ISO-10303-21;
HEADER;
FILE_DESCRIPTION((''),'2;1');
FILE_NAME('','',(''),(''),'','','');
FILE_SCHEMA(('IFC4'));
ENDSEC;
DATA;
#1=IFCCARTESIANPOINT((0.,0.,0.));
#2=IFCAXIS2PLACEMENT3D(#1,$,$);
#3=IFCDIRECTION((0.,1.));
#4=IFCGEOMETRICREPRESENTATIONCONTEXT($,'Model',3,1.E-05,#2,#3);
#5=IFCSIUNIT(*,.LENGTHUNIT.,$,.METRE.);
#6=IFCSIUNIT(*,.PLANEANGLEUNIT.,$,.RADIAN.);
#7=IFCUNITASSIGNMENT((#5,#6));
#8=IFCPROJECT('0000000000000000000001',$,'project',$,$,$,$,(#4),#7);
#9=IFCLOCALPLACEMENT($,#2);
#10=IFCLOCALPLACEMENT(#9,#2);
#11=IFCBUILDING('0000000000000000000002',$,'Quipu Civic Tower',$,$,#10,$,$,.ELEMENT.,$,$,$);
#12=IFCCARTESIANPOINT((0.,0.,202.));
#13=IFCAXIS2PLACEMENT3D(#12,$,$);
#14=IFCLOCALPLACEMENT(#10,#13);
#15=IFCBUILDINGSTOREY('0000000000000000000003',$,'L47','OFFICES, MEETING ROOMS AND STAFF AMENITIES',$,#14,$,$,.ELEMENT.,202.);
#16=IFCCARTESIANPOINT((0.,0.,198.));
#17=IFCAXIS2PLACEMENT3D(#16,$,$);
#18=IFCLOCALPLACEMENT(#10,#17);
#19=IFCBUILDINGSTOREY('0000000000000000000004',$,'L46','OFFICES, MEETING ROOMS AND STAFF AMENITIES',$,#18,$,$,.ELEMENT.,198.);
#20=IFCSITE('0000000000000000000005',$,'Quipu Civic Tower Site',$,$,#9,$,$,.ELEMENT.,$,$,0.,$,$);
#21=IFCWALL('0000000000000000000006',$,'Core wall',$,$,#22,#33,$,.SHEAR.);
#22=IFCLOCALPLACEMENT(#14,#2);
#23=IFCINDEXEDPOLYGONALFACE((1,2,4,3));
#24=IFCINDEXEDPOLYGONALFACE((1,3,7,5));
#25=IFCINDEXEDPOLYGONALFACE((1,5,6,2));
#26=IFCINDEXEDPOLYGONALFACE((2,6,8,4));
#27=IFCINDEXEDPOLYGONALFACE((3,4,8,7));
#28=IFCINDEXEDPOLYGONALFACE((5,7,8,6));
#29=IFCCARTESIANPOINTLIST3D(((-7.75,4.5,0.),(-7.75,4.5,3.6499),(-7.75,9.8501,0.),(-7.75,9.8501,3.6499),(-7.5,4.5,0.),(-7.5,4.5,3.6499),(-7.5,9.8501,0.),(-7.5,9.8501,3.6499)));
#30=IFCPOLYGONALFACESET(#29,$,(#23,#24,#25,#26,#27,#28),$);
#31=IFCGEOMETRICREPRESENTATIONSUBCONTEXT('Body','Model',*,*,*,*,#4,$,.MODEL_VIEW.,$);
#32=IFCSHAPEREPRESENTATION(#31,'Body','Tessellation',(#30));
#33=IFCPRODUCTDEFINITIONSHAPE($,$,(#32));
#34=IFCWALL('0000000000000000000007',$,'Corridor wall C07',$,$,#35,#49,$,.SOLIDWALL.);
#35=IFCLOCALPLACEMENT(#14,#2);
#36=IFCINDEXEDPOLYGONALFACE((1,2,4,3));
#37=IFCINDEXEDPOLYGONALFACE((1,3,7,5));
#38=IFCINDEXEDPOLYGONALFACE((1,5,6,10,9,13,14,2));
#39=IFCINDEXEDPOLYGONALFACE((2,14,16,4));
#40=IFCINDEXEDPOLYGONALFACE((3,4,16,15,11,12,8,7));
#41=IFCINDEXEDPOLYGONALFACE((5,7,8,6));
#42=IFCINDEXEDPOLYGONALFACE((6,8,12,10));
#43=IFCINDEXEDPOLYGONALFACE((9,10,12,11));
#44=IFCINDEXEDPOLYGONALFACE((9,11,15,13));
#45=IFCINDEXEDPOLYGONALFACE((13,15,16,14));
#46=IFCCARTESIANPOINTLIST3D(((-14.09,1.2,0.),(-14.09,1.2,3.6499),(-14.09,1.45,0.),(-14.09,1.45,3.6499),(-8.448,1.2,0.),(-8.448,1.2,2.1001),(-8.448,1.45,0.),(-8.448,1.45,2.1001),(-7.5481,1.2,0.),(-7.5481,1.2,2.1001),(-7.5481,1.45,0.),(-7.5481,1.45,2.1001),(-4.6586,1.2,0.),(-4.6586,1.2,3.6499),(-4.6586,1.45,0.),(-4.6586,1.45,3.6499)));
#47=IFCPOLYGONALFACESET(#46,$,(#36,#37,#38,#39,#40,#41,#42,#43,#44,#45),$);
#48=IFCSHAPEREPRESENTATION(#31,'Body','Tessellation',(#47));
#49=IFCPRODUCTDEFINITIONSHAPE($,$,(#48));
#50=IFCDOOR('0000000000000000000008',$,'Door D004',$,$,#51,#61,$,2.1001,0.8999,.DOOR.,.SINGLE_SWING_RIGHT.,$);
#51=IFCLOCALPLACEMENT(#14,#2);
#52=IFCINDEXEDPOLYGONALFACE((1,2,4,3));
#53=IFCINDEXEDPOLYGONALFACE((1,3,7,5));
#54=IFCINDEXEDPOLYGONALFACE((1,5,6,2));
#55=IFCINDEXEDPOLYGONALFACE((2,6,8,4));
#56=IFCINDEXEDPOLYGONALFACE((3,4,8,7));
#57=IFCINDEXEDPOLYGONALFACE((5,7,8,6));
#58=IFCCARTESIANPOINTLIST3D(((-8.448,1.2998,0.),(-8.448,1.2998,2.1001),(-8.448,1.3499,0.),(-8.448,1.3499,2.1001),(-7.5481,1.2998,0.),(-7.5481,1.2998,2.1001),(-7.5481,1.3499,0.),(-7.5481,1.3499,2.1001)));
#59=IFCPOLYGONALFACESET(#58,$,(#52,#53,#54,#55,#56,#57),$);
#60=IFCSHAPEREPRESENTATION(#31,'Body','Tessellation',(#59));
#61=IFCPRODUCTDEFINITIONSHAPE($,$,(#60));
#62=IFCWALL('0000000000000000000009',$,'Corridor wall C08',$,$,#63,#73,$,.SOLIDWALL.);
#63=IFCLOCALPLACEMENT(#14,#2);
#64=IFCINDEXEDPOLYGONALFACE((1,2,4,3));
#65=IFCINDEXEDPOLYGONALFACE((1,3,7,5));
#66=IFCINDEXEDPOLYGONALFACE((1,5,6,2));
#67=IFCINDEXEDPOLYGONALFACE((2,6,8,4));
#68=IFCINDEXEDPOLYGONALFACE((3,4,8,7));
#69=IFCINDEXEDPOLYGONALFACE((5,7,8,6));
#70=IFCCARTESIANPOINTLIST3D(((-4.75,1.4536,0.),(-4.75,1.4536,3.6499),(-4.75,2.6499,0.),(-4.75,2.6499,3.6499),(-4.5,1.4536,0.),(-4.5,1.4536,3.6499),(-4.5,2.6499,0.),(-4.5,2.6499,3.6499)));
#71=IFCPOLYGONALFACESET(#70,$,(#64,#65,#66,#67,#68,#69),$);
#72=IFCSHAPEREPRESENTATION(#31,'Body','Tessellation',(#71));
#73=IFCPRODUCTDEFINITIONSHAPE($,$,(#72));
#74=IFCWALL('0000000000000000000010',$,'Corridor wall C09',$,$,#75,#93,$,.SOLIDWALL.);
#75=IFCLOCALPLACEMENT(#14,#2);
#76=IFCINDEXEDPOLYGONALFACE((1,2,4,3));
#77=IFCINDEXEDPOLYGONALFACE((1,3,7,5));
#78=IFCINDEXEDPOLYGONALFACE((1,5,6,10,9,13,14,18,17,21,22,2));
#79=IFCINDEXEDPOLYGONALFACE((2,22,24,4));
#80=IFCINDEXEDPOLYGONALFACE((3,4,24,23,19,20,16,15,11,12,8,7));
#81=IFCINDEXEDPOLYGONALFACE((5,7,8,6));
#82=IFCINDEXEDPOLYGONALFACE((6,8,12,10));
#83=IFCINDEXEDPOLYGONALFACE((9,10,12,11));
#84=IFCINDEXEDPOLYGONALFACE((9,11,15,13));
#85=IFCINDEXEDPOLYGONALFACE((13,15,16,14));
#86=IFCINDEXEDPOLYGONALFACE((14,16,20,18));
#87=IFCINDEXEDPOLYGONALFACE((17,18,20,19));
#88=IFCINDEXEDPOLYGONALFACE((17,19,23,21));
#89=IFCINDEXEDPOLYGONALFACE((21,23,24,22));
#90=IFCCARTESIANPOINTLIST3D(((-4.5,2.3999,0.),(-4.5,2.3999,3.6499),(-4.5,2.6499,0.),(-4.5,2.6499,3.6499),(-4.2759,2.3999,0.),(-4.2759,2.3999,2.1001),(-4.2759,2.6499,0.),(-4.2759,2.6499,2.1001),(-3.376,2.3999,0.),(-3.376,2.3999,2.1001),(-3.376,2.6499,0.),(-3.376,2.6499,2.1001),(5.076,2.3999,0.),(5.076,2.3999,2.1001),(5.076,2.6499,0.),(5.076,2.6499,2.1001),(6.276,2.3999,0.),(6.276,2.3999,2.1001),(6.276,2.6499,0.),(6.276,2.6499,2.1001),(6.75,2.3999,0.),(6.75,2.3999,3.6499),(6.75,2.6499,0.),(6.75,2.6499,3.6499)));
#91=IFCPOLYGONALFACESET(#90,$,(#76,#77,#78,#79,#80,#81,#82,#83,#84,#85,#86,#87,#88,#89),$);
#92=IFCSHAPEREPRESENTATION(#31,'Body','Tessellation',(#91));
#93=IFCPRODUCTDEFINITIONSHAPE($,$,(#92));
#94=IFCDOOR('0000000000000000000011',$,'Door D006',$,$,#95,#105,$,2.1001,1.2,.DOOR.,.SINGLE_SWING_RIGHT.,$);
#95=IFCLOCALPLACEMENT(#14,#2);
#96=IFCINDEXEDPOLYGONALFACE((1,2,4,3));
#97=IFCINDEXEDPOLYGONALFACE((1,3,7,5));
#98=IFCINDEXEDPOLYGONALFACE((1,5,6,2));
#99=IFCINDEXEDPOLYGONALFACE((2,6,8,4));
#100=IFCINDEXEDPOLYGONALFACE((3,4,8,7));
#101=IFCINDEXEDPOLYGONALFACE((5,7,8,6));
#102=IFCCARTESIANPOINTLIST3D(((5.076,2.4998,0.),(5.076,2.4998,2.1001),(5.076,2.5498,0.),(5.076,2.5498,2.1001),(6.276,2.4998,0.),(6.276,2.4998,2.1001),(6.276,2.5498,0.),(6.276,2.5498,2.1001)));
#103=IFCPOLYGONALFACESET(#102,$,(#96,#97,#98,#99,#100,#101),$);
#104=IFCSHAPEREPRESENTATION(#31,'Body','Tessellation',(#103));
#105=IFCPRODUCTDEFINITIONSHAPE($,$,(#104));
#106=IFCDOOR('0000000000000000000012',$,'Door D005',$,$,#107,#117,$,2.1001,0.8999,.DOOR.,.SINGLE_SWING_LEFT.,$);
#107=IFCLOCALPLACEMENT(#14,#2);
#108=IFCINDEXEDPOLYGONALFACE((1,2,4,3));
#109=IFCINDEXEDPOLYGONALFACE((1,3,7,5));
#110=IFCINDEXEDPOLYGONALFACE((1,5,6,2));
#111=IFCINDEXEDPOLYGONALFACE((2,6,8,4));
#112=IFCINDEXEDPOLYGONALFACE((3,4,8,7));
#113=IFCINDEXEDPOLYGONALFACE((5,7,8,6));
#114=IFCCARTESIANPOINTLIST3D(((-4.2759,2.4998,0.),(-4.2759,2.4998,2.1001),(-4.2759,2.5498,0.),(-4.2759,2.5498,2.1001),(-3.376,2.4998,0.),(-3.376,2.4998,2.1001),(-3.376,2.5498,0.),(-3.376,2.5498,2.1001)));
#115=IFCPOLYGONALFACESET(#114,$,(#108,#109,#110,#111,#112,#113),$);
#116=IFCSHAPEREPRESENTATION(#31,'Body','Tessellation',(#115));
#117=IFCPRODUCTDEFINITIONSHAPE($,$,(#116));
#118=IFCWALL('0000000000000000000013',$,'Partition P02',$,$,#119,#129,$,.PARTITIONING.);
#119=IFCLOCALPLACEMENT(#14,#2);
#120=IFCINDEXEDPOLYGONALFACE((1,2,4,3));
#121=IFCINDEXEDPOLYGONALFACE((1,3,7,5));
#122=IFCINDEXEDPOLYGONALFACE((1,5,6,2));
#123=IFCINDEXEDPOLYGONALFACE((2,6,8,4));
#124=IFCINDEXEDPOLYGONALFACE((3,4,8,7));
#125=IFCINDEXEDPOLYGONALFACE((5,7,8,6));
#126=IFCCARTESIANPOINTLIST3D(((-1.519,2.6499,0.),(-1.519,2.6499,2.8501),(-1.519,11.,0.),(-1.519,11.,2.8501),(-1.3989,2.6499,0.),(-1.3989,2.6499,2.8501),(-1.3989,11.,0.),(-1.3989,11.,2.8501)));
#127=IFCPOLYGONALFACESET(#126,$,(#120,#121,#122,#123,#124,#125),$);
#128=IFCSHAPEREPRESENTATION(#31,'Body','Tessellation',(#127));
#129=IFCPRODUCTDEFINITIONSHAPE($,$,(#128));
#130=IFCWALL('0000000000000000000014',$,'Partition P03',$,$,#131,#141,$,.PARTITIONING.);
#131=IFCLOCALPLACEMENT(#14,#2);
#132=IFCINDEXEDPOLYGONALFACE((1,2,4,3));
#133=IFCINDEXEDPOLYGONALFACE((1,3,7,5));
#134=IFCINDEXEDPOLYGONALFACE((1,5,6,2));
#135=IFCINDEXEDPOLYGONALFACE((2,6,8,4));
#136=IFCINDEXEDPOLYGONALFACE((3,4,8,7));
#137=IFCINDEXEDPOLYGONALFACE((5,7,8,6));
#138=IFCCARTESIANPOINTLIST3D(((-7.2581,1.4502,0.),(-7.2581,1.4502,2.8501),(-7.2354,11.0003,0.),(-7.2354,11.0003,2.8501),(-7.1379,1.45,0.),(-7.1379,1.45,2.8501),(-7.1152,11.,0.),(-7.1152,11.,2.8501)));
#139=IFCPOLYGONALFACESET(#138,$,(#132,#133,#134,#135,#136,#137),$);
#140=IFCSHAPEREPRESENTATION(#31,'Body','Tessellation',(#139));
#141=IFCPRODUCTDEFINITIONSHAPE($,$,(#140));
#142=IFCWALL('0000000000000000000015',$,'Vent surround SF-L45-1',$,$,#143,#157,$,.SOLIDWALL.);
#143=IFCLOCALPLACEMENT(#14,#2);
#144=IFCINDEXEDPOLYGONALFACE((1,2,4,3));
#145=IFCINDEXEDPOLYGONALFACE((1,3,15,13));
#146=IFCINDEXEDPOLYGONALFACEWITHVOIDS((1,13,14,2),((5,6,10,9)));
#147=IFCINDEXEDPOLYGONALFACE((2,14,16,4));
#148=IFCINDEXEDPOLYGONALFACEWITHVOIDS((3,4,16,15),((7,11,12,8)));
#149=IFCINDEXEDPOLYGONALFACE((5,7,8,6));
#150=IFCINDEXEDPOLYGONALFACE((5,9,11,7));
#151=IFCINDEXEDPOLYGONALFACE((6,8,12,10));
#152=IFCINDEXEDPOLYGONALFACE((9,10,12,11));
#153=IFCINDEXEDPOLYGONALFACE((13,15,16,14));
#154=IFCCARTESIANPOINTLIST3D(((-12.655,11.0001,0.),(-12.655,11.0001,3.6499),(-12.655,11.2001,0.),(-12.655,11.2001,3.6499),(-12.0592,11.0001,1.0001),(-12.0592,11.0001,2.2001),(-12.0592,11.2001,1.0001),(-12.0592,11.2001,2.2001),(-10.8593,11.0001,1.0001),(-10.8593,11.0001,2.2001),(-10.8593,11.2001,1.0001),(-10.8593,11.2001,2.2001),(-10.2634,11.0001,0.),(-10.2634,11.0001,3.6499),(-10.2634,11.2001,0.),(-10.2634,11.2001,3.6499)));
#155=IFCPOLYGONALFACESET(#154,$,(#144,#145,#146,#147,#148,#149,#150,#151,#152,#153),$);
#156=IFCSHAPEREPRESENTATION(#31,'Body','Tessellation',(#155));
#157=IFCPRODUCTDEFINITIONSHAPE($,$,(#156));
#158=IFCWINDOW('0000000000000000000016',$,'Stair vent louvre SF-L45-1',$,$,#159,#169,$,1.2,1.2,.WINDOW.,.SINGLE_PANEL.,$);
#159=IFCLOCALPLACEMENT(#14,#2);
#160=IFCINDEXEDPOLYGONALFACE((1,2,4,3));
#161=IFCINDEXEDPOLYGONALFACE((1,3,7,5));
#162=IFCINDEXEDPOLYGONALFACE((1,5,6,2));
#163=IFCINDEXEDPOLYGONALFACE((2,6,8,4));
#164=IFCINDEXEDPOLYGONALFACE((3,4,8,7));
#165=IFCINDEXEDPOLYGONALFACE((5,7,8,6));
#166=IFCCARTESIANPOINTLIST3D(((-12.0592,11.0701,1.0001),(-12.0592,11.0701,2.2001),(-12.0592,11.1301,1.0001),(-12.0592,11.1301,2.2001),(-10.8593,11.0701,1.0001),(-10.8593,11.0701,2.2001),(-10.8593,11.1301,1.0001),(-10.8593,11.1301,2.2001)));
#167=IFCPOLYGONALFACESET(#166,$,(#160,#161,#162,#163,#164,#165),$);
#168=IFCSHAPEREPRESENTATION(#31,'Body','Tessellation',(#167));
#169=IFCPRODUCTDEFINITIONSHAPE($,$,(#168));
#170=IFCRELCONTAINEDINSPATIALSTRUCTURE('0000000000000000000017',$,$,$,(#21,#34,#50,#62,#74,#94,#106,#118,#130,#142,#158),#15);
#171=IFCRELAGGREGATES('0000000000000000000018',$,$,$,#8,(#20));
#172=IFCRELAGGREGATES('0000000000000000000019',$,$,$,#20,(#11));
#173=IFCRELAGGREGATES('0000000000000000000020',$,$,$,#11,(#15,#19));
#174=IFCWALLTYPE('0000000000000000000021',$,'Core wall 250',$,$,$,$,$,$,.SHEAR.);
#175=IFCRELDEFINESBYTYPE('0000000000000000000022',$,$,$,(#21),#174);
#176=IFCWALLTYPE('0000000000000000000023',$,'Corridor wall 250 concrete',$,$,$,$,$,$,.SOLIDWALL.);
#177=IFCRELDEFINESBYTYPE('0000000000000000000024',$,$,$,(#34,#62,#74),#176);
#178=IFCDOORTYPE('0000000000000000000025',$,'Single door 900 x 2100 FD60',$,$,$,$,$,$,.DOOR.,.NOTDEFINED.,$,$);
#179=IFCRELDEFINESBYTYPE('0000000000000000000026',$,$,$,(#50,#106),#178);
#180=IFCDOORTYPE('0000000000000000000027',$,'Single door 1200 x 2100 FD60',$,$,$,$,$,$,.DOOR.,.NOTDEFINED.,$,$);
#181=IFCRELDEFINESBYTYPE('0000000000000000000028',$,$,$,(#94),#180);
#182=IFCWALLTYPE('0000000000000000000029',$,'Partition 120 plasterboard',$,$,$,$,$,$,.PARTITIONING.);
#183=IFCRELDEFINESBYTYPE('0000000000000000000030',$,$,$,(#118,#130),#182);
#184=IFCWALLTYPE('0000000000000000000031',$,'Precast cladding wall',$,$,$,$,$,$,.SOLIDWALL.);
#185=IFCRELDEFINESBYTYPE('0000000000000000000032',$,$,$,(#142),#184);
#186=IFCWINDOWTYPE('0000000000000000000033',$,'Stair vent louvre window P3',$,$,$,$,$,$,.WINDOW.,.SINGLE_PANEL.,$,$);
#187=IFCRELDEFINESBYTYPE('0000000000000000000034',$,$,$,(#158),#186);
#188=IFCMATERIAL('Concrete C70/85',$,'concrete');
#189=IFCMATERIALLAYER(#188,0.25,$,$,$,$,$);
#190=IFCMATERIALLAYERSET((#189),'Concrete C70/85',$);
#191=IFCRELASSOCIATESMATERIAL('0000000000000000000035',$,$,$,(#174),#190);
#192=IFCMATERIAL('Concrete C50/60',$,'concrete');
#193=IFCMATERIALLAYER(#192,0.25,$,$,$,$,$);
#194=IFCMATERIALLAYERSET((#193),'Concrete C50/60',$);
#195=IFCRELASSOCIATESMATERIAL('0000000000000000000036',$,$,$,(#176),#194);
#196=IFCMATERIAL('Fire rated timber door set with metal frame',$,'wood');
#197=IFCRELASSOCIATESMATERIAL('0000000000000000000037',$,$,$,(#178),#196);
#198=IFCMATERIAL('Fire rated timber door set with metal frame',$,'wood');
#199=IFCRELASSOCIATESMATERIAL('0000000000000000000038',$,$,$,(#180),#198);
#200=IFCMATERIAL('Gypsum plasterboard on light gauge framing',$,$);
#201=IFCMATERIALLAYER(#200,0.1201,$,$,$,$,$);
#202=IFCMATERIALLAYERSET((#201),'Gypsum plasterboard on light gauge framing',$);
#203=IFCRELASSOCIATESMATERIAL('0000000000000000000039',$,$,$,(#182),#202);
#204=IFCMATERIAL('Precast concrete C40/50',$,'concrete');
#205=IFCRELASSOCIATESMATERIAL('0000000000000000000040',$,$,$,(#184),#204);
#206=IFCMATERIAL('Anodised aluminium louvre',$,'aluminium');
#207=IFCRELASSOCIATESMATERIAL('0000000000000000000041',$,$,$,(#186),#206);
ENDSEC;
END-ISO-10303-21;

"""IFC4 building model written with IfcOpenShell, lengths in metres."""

from ifc_helpers import new_model, si_unit, direction, frame, frame_2d, origin, place, context, subcontext, project, spatial, rectangle, extrude, material, layer, layer_set, type_object, element, fill, save


model = new_model("IFC4")

# Units and contexts
model_context = context("Model", 3, precision=1e-05, world=origin(), true_north=direction((0.0, 1.0)))
body_context = subcontext(model_context, "Body", "Model", "MODEL_VIEW")
ifc_project = project(units=[si_unit("LENGTHUNIT", "METRE"), si_unit("PLANEANGLEUNIT", "RADIAN")], contexts=[model_context])

# Site, building, storey
site_placement = place(None, origin())
site = spatial("IfcSite", under=ifc_project, at=site_placement, Name="Quipu Civic Tower Site", CompositionType="ELEMENT", RefElevation=0.0)
building_placement = place(site_placement, origin())
building = spatial("IfcBuilding", under=site, at=building_placement, Name="Quipu Civic Tower", CompositionType="ELEMENT")
storey_1_placement = place(building_placement, frame((0.0, 0.0, 202.0)))
storey_1 = spatial("IfcBuildingStorey", under=building, at=storey_1_placement, Name="L47", Description="OFFICES, MEETING ROOMS AND STAFF AMENITIES", CompositionType="ELEMENT", Elevation=202.0)

# Shared definitions
storey_2_placement = place(building_placement, frame((0.0, 0.0, 198.0)))
storey_2 = spatial("IfcBuildingStorey", under=building, at=storey_2_placement, Name="L46", Description="OFFICES, MEETING ROOMS AND STAFF AMENITIES", CompositionType="ELEMENT", Elevation=198.0)

# Wall
ifc_material_1 = material(Name="Concrete C70/85", Category="concrete")
ifc_layer_1 = layer(ifc_material_1, 0.25)
ifc_layer_set_1 = layer_set([ifc_layer_1], Name="Concrete C70/85")
wall_type_1 = type_object("IfcWallType", Name="Core wall 250", PredefinedType="SHEAR", material=ifc_layer_set_1)
wall_1_placement = place(storey_1_placement, frame((-7.625, 4.5, 0.0), z_axis=(0.0, 0.0, 1.0), x_axis=(0.0, 1.0, 0.0)))
element("IfcWall", 1, at=wall_1_placement, inside=storey_1, type_object=wall_type_1, Name="Core wall", PredefinedType="SHEAR", context=body_context, shape_type="SweptSolid", body=[
    extrude(rectangle(XDim=5.3501, YDim=0.25, at=frame_2d((2.675, 0.0))), origin(), (0.0, 0.0, 1.0), 3.6499),
])

# Wall, opening, door
ifc_material_2 = material(Name="Concrete C50/60", Category="concrete")
ifc_layer_2 = layer(ifc_material_2, 0.25)
ifc_layer_set_2 = layer_set([ifc_layer_2], Name="Concrete C50/60")
wall_type_2 = type_object("IfcWallType", Name="Corridor wall 250 concrete", PredefinedType="SOLIDWALL", material=ifc_layer_set_2)
wall_2_placement = place(storey_1_placement, frame((-14.0901, 1.325, 0.0), z_axis=(0.0, 0.0, 1.0), x_axis=(1.0, 0.0, 0.0)))
wall_2 = element("IfcWall", 2, at=wall_2_placement, inside=storey_1, type_object=wall_type_2, Name="Corridor wall C07", PredefinedType="SOLIDWALL", context=body_context, shape_type="SweptSolid", body=[
    extrude(rectangle(XDim=9.4314, YDim=0.25, at=frame_2d((4.7158, 0.0))), origin(), (0.0, 0.0, 1.0), 3.6499),
])
opening_1_placement = place(wall_2_placement, frame((5.6421, 0.0, 0.0)))
opening_1 = element("IfcOpeningElement", 3, at=opening_1_placement, cuts=wall_2, PredefinedType="OPENING", context=body_context, shape_type="SweptSolid", body=[
    extrude(rectangle(XDim=0.8999, YDim=2.1001, at=frame_2d((0.45, 1.05))), frame((0.0, 0.135, 0.0), z_axis=(0.0, -1.0, 0.0), x_axis=(1.0, 0.0, 0.0)), (0.0, 0.0, 1.0), 0.27),
])
ifc_material_3 = material(Name="Fire rated timber door set with metal frame", Category="wood")
door_type_1 = type_object("IfcDoorType", Name="Single door 900 x 2100 FD60", OperationType="NOTDEFINED", PredefinedType="DOOR", material=ifc_material_3)
door_1_placement = place(opening_1_placement, origin())
door_1 = element("IfcDoor", 4, at=door_1_placement, inside=storey_1, type_object=door_type_1, Name="Door D004", OperationType="SINGLE_SWING_RIGHT", OverallHeight=2.1001, OverallWidth=0.8999, PredefinedType="DOOR", context=body_context, shape_type="SweptSolid", body=[
    extrude(rectangle(XDim=0.8999, YDim=2.1001, at=frame_2d((0.45, 1.05))), frame((0.0, 0.0249, 0.0), z_axis=(0.0, -1.0, 0.0), x_axis=(1.0, 0.0, 0.0)), (0.0, 0.0, 1.0), 0.05),
])
fill(opening_1, door_1)

# Wall
wall_3_placement = place(storey_1_placement, frame((-4.625, 1.4536, 0.0), z_axis=(0.0, 0.0, 1.0), x_axis=(0.0, 1.0, 0.0)))
element("IfcWall", 5, at=wall_3_placement, inside=storey_1, type_object=wall_type_2, Name="Corridor wall C08", PredefinedType="SOLIDWALL", context=body_context, shape_type="SweptSolid", body=[
    extrude(rectangle(XDim=1.1963, YDim=0.25, at=frame_2d((0.5981, 0.0))), origin(), (0.0, 0.0, 1.0), 3.6499),
])

# Wall, openings, doors
wall_4_placement = place(storey_1_placement, frame((-4.5, 2.5249, 0.0), z_axis=(0.0, 0.0, 1.0), x_axis=(1.0, 0.0, 0.0)))
wall_4 = element("IfcWall", 6, at=wall_4_placement, inside=storey_1, type_object=wall_type_2, Name="Corridor wall C09", PredefinedType="SOLIDWALL", context=body_context, shape_type="SweptSolid", body=[
    extrude(rectangle(XDim=11.25, YDim=0.25, at=frame_2d((5.625, 0.0))), origin(), (0.0, 0.0, 1.0), 3.6499),
])
opening_2_placement = place(wall_4_placement, frame((0.2241, 0.0, 0.0)))
opening_2 = element("IfcOpeningElement", 7, at=opening_2_placement, cuts=wall_4, PredefinedType="OPENING", context=body_context, shape_type="SweptSolid", body=[
    extrude(rectangle(XDim=0.8999, YDim=2.1001, at=frame_2d((0.45, 1.05))), frame((0.0, 0.135, 0.0), z_axis=(0.0, -1.0, 0.0), x_axis=(1.0, 0.0, 0.0)), (0.0, 0.0, 1.0), 0.27),
])
opening_3_placement = place(wall_4_placement, frame((9.5759, 0.0, 0.0)))
opening_3 = element("IfcOpeningElement", 8, at=opening_3_placement, cuts=wall_4, PredefinedType="OPENING", context=body_context, shape_type="SweptSolid", body=[
    extrude(rectangle(XDim=1.2, YDim=2.1001, at=frame_2d((0.6001, 1.05))), frame((0.0, 0.135, 0.0), z_axis=(0.0, -1.0, 0.0), x_axis=(1.0, 0.0, 0.0)), (0.0, 0.0, 1.0), 0.27),
])
ifc_material_4 = material(Name="Fire rated timber door set with metal frame", Category="wood")
door_type_2 = type_object("IfcDoorType", Name="Single door 1200 x 2100 FD60", OperationType="NOTDEFINED", PredefinedType="DOOR", material=ifc_material_4)
door_2_placement = place(opening_3_placement, origin())
door_2 = element("IfcDoor", 9, at=door_2_placement, inside=storey_1, type_object=door_type_2, Name="Door D006", OperationType="SINGLE_SWING_RIGHT", OverallHeight=2.1001, OverallWidth=1.2, PredefinedType="DOOR", context=body_context, shape_type="SweptSolid", body=[
    extrude(rectangle(XDim=1.2, YDim=2.1001, at=frame_2d((0.6001, 1.05))), frame((0.0, 0.0249, 0.0), z_axis=(0.0, -1.0, 0.0), x_axis=(1.0, 0.0, 0.0)), (0.0, 0.0, 1.0), 0.05),
])
fill(opening_3, door_2)
door_3_placement = place(opening_2_placement, origin())
door_3 = element("IfcDoor", 10, at=door_3_placement, inside=storey_1, type_object=door_type_1, Name="Door D005", OperationType="SINGLE_SWING_LEFT", OverallHeight=2.1001, OverallWidth=0.8999, PredefinedType="DOOR", context=body_context, shape_type="SweptSolid", body=[
    extrude(rectangle(XDim=0.8999, YDim=2.1001, at=frame_2d((0.45, 1.05))), frame((0.0, 0.0249, 0.0), z_axis=(0.0, -1.0, 0.0), x_axis=(1.0, 0.0, 0.0)), (0.0, 0.0, 1.0), 0.05),
])
fill(opening_2, door_3)

# Walls
ifc_material_5 = material(Name="Gypsum plasterboard on light gauge framing")
ifc_layer_3 = layer(ifc_material_5, 0.1201)
ifc_layer_set_3 = layer_set([ifc_layer_3], Name="Gypsum plasterboard on light gauge framing")
wall_type_3 = type_object("IfcWallType", Name="Partition 120 plasterboard", PredefinedType="PARTITIONING", material=ifc_layer_set_3)
wall_5_placement = place(storey_1_placement, frame((-1.459, 2.6499, 0.0), z_axis=(0.0, 0.0, 1.0), x_axis=(0.0, 1.0, 0.0)))
element("IfcWall", 11, at=wall_5_placement, inside=storey_1, type_object=wall_type_3, Name="Partition P02", PredefinedType="PARTITIONING", context=body_context, shape_type="SweptSolid", body=[
    extrude(rectangle(XDim=8.3501, YDim=0.1201, at=frame_2d((4.175, 0.0))), origin(), (0.0, 0.0, 1.0), 2.8501),
])
wall_6_placement = place(storey_1_placement, frame((-7.1753, 11.0, 0.0), z_axis=(0.0, 0.0, 1.0), x_axis=(-0.002377, -0.999997, 0.0)))
element("IfcWall", 12, at=wall_6_placement, inside=storey_1, type_object=wall_type_3, Name="Partition P03", PredefinedType="PARTITIONING", context=body_context, shape_type="SweptSolid", body=[
    extrude(rectangle(XDim=9.55, YDim=0.1201, at=frame_2d((4.7749, 0.0))), origin(), (0.0, 0.0, 1.0), 2.8501),
])

# Wall, opening, window
ifc_material_6 = material(Name="Precast concrete C40/50", Category="concrete")
wall_type_4 = type_object("IfcWallType", Name="Precast cladding wall", PredefinedType="SOLIDWALL", material=ifc_material_6)
wall_7_placement = place(storey_1_placement, frame((-10.2634, 11.1001, 0.0), z_axis=(0.0, 0.0, 1.0), x_axis=(-1.0, 0.0, 0.0)))
wall_7 = element("IfcWall", 13, at=wall_7_placement, inside=storey_1, type_object=wall_type_4, Name="Vent surround SF-L45-1", PredefinedType="SOLIDWALL", context=body_context, shape_type="SweptSolid", body=[
    extrude(rectangle(XDim=2.3916, YDim=0.2, at=frame_2d((1.1958, 0.0))), origin(), (0.0, 0.0, 1.0), 3.6499),
])
opening_4_placement = place(wall_7_placement, frame((0.5957, 0.0, 1.0)))
opening_4 = element("IfcOpeningElement", 14, at=opening_4_placement, cuts=wall_7, PredefinedType="OPENING", context=body_context, shape_type="SweptSolid", body=[
    extrude(rectangle(XDim=1.2, YDim=1.2, at=frame_2d((0.6001, 0.6001))), frame((0.0, 0.1099, 0.0), z_axis=(0.0, -1.0, 0.0), x_axis=(1.0, 0.0, 0.0)), (0.0, 0.0, 1.0), 0.22),
])
ifc_material_7 = material(Name="Anodised aluminium louvre", Category="aluminium")
window_type = type_object("IfcWindowType", Name="Stair vent louvre window P3", PartitioningType="SINGLE_PANEL", PredefinedType="WINDOW", material=ifc_material_7)
window_placement = place(opening_4_placement, origin())
window = element("IfcWindow", 15, at=window_placement, inside=storey_1, type_object=window_type, Name="Stair vent louvre SF-L45-1", OverallHeight=1.2, OverallWidth=1.2, PartitioningType="SINGLE_PANEL", PredefinedType="WINDOW", context=body_context, shape_type="SweptSolid", body=[
    extrude(rectangle(XDim=1.2, YDim=1.2, at=frame_2d((0.6001, 0.6001))), frame((0.0, 0.03, 0.0), z_axis=(0.0, -1.0, 0.0), x_axis=(1.0, 0.0, 0.0)), (0.0, 0.0, 1.0), 0.0601),
])
fill(opening_4, window)

save(model, "model.ifc")
